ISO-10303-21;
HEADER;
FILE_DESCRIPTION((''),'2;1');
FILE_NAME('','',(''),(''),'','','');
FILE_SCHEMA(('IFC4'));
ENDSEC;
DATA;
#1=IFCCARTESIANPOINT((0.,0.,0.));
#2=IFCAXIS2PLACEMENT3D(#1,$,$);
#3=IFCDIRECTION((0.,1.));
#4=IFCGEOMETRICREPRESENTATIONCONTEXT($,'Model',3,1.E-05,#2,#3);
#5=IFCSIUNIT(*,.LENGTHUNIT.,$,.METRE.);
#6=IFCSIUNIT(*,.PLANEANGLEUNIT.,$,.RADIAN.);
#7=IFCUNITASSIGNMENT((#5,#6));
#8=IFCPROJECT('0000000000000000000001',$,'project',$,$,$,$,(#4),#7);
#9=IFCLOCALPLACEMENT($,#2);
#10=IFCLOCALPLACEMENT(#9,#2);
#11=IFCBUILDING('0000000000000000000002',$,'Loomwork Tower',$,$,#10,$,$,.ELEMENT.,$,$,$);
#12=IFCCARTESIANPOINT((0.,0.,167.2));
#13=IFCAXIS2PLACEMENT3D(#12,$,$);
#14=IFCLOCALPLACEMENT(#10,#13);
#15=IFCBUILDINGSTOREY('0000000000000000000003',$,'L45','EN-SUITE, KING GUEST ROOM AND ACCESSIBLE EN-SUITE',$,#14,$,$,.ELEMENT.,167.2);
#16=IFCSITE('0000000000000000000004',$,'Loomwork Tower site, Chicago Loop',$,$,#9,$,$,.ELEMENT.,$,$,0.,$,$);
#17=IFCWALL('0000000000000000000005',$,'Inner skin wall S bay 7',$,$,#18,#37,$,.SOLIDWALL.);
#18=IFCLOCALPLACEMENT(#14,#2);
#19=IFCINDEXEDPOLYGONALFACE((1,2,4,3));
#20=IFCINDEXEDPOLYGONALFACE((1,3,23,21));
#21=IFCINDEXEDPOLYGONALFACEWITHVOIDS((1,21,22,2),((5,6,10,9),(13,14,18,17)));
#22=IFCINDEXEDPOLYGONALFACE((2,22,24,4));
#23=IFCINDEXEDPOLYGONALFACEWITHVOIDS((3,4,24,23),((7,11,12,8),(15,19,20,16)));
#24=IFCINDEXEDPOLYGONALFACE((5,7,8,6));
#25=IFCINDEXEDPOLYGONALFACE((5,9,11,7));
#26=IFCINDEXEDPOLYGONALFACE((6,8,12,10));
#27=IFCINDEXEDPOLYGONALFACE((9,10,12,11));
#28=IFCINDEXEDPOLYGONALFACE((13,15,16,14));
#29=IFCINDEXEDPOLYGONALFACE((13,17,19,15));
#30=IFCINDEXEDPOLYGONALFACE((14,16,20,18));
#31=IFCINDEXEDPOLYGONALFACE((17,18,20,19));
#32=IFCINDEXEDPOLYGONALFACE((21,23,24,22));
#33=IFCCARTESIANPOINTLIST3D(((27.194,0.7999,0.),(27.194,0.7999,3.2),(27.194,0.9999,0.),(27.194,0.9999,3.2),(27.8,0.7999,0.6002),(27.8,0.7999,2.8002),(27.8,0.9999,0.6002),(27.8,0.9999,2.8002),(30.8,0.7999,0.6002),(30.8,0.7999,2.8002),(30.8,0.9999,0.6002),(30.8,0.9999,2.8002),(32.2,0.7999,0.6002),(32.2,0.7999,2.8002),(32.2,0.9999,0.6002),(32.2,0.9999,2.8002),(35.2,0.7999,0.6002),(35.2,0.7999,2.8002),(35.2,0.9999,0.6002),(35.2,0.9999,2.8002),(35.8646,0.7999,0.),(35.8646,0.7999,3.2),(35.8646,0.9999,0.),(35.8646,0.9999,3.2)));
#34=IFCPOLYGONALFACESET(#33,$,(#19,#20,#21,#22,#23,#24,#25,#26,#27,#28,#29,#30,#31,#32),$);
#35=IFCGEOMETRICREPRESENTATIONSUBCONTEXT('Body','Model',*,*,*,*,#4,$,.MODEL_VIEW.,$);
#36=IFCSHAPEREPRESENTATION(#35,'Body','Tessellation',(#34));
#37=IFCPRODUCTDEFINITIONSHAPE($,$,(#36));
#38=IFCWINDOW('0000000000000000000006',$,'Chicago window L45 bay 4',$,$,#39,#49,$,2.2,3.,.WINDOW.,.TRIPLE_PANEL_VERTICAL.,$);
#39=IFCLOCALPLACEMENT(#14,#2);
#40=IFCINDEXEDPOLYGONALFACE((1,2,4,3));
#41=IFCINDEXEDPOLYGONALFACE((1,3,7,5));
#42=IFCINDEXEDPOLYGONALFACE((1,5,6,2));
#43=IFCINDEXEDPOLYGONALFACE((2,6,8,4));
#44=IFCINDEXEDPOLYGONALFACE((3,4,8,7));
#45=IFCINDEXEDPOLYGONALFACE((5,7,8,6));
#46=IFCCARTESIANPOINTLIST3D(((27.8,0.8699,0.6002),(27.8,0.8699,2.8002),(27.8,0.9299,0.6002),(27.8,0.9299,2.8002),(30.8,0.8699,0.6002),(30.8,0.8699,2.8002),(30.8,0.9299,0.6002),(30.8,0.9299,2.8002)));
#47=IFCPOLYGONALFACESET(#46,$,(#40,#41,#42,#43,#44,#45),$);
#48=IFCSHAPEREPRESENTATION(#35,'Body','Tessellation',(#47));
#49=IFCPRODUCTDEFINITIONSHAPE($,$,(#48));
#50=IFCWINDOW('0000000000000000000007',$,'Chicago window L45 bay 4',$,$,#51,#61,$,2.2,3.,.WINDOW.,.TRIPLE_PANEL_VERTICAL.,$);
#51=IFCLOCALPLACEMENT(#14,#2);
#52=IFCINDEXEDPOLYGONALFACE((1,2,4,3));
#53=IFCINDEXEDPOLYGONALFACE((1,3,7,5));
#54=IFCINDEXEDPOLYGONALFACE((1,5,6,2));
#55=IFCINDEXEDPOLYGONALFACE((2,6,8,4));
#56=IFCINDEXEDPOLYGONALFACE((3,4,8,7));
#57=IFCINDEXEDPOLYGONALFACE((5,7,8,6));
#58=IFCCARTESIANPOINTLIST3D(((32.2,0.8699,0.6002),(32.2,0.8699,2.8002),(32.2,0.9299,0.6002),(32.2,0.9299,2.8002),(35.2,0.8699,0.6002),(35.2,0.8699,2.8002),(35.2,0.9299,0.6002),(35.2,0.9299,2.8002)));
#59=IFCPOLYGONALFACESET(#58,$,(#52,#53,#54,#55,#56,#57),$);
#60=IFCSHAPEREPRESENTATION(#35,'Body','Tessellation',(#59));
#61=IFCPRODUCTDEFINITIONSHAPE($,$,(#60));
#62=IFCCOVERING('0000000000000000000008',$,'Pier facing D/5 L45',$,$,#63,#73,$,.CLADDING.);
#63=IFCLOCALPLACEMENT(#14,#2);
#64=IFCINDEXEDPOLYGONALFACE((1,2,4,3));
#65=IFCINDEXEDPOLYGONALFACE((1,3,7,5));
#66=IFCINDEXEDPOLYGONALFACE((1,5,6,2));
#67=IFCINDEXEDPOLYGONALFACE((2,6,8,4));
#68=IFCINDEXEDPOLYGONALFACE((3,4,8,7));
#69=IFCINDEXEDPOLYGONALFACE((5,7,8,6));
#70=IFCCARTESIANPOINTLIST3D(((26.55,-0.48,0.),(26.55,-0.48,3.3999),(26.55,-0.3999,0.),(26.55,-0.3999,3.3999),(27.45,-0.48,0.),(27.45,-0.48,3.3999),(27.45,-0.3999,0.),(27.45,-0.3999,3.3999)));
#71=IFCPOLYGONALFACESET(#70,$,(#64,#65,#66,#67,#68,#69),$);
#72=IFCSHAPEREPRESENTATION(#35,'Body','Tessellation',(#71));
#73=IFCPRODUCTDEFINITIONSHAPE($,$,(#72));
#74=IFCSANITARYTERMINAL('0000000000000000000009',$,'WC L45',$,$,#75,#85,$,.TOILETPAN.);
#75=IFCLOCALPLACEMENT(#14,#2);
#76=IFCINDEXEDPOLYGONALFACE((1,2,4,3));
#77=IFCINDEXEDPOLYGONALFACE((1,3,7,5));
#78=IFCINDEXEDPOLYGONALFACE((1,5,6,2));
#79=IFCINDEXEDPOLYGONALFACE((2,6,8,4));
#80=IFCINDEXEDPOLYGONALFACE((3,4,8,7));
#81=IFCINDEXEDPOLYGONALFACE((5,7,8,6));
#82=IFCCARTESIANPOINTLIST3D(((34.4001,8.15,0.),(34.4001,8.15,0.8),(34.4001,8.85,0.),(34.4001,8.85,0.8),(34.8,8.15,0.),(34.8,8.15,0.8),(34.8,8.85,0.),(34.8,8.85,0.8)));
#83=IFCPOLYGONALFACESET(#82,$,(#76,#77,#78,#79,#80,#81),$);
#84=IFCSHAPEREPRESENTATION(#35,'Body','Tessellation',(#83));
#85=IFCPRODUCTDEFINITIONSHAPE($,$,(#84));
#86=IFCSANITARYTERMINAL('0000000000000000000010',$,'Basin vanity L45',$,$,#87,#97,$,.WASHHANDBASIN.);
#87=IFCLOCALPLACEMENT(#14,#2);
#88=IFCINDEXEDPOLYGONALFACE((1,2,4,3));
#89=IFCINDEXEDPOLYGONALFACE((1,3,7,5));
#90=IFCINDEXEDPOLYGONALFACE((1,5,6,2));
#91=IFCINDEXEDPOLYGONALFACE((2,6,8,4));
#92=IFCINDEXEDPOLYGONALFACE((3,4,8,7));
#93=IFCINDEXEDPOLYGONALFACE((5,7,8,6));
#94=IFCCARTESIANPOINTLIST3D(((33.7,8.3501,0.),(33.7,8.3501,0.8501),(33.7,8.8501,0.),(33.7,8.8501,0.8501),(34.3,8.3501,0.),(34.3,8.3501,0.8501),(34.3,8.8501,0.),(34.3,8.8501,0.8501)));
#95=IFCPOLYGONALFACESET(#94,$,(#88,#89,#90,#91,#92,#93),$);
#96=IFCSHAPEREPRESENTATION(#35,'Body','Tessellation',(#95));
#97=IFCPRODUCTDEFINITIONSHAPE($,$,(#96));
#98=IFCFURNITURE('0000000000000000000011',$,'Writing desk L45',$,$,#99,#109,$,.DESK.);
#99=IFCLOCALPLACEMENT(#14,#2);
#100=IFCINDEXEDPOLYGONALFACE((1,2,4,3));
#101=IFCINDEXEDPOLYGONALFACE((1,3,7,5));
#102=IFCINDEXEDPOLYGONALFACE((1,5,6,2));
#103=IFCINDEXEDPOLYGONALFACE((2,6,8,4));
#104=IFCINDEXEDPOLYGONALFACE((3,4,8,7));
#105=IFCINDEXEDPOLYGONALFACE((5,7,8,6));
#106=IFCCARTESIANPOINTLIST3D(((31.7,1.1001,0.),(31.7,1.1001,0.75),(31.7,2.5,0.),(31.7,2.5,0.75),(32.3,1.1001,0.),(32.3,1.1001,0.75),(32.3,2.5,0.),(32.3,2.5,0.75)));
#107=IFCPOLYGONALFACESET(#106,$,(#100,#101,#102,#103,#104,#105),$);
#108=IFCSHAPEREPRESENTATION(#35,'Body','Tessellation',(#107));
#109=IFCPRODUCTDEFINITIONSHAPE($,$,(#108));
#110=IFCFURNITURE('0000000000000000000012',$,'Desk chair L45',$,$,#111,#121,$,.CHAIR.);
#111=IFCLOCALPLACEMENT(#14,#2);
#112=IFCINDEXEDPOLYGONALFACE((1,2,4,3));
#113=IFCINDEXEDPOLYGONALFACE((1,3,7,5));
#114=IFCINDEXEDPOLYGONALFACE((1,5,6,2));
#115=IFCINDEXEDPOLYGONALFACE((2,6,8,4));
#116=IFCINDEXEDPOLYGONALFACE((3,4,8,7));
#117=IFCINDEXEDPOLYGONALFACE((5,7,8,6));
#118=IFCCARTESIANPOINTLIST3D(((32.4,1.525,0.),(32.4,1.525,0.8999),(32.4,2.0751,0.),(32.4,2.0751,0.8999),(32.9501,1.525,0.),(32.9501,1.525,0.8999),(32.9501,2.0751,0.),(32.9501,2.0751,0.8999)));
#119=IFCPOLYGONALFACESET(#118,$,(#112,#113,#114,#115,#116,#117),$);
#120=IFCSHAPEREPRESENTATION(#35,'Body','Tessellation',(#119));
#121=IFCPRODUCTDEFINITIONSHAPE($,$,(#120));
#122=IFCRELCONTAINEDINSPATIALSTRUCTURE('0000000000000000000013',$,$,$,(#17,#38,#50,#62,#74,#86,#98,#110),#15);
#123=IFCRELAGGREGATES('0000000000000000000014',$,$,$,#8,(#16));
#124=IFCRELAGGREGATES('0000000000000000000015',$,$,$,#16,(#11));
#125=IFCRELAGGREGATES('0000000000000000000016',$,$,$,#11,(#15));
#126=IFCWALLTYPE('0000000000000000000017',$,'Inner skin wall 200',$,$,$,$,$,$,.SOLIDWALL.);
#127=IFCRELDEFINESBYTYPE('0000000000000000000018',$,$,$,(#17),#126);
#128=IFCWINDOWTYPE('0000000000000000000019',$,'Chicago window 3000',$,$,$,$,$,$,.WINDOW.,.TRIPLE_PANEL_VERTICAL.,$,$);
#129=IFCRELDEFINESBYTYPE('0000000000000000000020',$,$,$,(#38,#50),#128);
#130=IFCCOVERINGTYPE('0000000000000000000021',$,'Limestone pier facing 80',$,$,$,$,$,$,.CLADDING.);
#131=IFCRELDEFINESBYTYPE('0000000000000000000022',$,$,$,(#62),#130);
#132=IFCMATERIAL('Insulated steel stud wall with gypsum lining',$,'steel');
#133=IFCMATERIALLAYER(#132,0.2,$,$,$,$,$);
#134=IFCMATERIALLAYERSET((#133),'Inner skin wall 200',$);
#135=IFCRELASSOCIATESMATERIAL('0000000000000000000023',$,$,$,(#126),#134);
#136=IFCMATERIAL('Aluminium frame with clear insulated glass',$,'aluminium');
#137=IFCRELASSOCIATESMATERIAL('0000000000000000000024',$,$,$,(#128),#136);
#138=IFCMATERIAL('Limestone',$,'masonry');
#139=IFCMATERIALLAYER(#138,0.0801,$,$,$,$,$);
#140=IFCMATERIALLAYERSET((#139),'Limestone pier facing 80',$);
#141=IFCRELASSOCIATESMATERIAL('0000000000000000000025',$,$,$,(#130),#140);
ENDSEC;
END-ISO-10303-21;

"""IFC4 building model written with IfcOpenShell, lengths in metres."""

from ifc_helpers import new_model, si_unit, direction, frame, frame_2d, origin, origin_2d, place, context, subcontext, project, spatial, rectangle, extrude, material, layer, layer_set, type_object, element, fill, save


model = new_model("IFC4")

# Units and contexts
model_context = context("Model", 3, precision=1e-05, world=origin(), true_north=direction((0.0, 1.0)))
body_context = subcontext(model_context, "Body", "Model", "MODEL_VIEW")
ifc_project = project(units=[si_unit("LENGTHUNIT", "METRE"), si_unit("PLANEANGLEUNIT", "RADIAN")], contexts=[model_context])

# Site, building, storey
site_placement = place(None, origin())
site = spatial("IfcSite", under=ifc_project, at=site_placement, Name="Loomwork Tower site, Chicago Loop", CompositionType="ELEMENT", RefElevation=0.0)
building_placement = place(site_placement, origin())
building = spatial("IfcBuilding", under=site, at=building_placement, Name="Loomwork Tower", CompositionType="ELEMENT")
storey_placement = place(building_placement, frame((0.0, 0.0, 167.2)))
storey = spatial("IfcBuildingStorey", under=building, at=storey_placement, Name="L45", Description="EN-SUITE, KING GUEST ROOM AND ACCESSIBLE EN-SUITE", CompositionType="ELEMENT", Elevation=167.2)

# Shared definitions
ifc_material_1 = material(Name="Insulated steel stud wall with gypsum lining", Category="steel")
ifc_layer_1 = layer(ifc_material_1, 0.2)
ifc_layer_set_1 = layer_set([ifc_layer_1], Name="Inner skin wall 200")
wall_type_1 = type_object("IfcWallType", Name="Inner skin wall 200", PredefinedType="SOLIDWALL", material=ifc_layer_set_1)

# Wall, openings, windows
wall_1_placement = place(storey_placement, frame((27.1938, 0.8999, 0.0), z_axis=(0.0, 0.0, 1.0), x_axis=(1.0, 0.0, 0.0)))
wall_1 = element("IfcWall", 1, at=wall_1_placement, inside=storey, type_object=wall_type_1, Name="Inner skin wall S bay 7", PredefinedType="SOLIDWALL", context=body_context, shape_type="SweptSolid", body=[
    extrude(rectangle(XDim=8.6707, YDim=0.2, at=frame_2d((4.3354, 0.0))), origin(), (0.0, 0.0, 1.0), 3.2),
])
opening_1_placement = place(wall_1_placement, frame((0.6062, 0.0, 0.6001)))
opening_1 = element("IfcOpeningElement", 2, at=opening_1_placement, cuts=wall_1, PredefinedType="OPENING", context=body_context, shape_type="SweptSolid", body=[
    extrude(rectangle(XDim=3.0, YDim=2.2, at=frame_2d((1.5, 1.1001))), frame((0.0, 0.1099, 0.0), z_axis=(0.0, -1.0, 0.0), x_axis=(1.0, 0.0, 0.0)), (0.0, 0.0, 1.0), 0.22),
])
opening_2_placement = place(wall_1_placement, frame((5.0061, 0.0, 0.6001)))
opening_2 = element("IfcOpeningElement", 3, at=opening_2_placement, cuts=wall_1, PredefinedType="OPENING", context=body_context, shape_type="SweptSolid", body=[
    extrude(rectangle(XDim=3.0, YDim=2.2, at=frame_2d((1.5, 1.1001))), frame((0.0, 0.1099, 0.0), z_axis=(0.0, -1.0, 0.0), x_axis=(1.0, 0.0, 0.0)), (0.0, 0.0, 1.0), 0.22),
])
ifc_material_2 = material(Name="Aluminium frame with clear insulated glass", Category="aluminium")
window_type = type_object("IfcWindowType", Name="Chicago window 3000", PartitioningType="TRIPLE_PANEL_VERTICAL", PredefinedType="WINDOW", material=ifc_material_2)
window_1_placement = place(opening_1_placement, origin())
window_1 = element("IfcWindow", 4, at=window_1_placement, inside=storey, type_object=window_type, Name="Chicago window L45 bay 4", OverallHeight=2.2, OverallWidth=3.0, PartitioningType="TRIPLE_PANEL_VERTICAL", PredefinedType="WINDOW", context=body_context, shape_type="SweptSolid", body=[
    extrude(rectangle(XDim=3.0, YDim=2.2, at=frame_2d((1.5, 1.1001))), frame((0.0, 0.03, 0.0), z_axis=(0.0, -1.0, 0.0), x_axis=(1.0, 0.0, 0.0)), (0.0, 0.0, 1.0), 0.0601),
])
fill(opening_1, window_1)
window_2_placement = place(opening_2_placement, origin())
window_2 = element("IfcWindow", 5, at=window_2_placement, inside=storey, type_object=window_type, Name="Chicago window L45 bay 4", OverallHeight=2.2, OverallWidth=3.0, PartitioningType="TRIPLE_PANEL_VERTICAL", PredefinedType="WINDOW", context=body_context, shape_type="SweptSolid", body=[
    extrude(rectangle(XDim=3.0, YDim=2.2, at=frame_2d((1.5, 1.1001))), frame((0.0, 0.03, 0.0), z_axis=(0.0, -1.0, 0.0), x_axis=(1.0, 0.0, 0.0)), (0.0, 0.0, 1.0), 0.0601),
])
fill(opening_2, window_2)

# Covering
ifc_material_3 = material(Name="Limestone", Category="masonry")
ifc_layer_2 = layer(ifc_material_3, 0.0801)
ifc_layer_set_2 = layer_set([ifc_layer_2], Name="Limestone pier facing 80")
covering_type = type_object("IfcCoveringType", Name="Limestone pier facing 80", PredefinedType="CLADDING", material=ifc_layer_set_2)
covering_placement = place(storey_placement, frame((27.0, -0.4399, 0.0), z_axis=(0.0, 0.0, 1.0), x_axis=(1.0, 0.0, 0.0)))
element("IfcCovering", 6, at=covering_placement, inside=storey, type_object=covering_type, Name="Pier facing D/5 L45", PredefinedType="CLADDING", context=body_context, shape_type="SweptSolid", body=[
    extrude(rectangle(XDim=0.8999, YDim=0.0801, at=origin_2d()), origin(), (0.0, 0.0, 1.0), 3.3999),
])

# Sanitary terminals
sanitary_terminal_1_placement = place(storey_placement, frame((34.6001, 8.5, 0.0), z_axis=(0.0, 0.0, 1.0), x_axis=(1.0, 0.0, 0.0)))
element("IfcSanitaryTerminal", 7, at=sanitary_terminal_1_placement, inside=storey, Name="WC L45", PredefinedType="TOILETPAN", context=body_context, shape_type="SweptSolid", body=[
    extrude(rectangle(XDim=0.3999, YDim=0.7, at=origin_2d()), origin(), (0.0, 0.0, 1.0), 0.8),
])
sanitary_terminal_2_placement = place(storey_placement, frame((34.0, 8.6001, 0.0), z_axis=(0.0, 0.0, 1.0), x_axis=(1.0, 0.0, 0.0)))
element("IfcSanitaryTerminal", 8, at=sanitary_terminal_2_placement, inside=storey, Name="Basin vanity L45", PredefinedType="WASHHANDBASIN", context=body_context, shape_type="SweptSolid", body=[
    extrude(rectangle(XDim=0.6001, YDim=0.5, at=origin_2d()), origin(), (0.0, 0.0, 1.0), 0.8501),
])

# Furniture
furniture_1_placement = place(storey_placement, frame((32.0, 1.8, 0.0), z_axis=(0.0, 0.0, 1.0), x_axis=(1.0, 0.0, 0.0)))
element("IfcFurniture", 9, at=furniture_1_placement, inside=storey, Name="Writing desk L45", PredefinedType="DESK", context=body_context, shape_type="SweptSolid", body=[
    extrude(rectangle(XDim=0.6001, YDim=1.3999, at=origin_2d()), origin(), (0.0, 0.0, 1.0), 0.75),
])
furniture_2_placement = place(storey_placement, frame((32.675, 1.8, 0.0), z_axis=(0.0, 0.0, 1.0), x_axis=(1.0, 0.0, 0.0)))
element("IfcFurniture", 10, at=furniture_2_placement, inside=storey, Name="Desk chair L45", PredefinedType="CHAIR", context=body_context, shape_type="SweptSolid", body=[
    extrude(rectangle(XDim=0.55, YDim=0.55, at=origin_2d()), origin(), (0.0, 0.0, 1.0), 0.8999),
])

save(model, "model.ifc")
